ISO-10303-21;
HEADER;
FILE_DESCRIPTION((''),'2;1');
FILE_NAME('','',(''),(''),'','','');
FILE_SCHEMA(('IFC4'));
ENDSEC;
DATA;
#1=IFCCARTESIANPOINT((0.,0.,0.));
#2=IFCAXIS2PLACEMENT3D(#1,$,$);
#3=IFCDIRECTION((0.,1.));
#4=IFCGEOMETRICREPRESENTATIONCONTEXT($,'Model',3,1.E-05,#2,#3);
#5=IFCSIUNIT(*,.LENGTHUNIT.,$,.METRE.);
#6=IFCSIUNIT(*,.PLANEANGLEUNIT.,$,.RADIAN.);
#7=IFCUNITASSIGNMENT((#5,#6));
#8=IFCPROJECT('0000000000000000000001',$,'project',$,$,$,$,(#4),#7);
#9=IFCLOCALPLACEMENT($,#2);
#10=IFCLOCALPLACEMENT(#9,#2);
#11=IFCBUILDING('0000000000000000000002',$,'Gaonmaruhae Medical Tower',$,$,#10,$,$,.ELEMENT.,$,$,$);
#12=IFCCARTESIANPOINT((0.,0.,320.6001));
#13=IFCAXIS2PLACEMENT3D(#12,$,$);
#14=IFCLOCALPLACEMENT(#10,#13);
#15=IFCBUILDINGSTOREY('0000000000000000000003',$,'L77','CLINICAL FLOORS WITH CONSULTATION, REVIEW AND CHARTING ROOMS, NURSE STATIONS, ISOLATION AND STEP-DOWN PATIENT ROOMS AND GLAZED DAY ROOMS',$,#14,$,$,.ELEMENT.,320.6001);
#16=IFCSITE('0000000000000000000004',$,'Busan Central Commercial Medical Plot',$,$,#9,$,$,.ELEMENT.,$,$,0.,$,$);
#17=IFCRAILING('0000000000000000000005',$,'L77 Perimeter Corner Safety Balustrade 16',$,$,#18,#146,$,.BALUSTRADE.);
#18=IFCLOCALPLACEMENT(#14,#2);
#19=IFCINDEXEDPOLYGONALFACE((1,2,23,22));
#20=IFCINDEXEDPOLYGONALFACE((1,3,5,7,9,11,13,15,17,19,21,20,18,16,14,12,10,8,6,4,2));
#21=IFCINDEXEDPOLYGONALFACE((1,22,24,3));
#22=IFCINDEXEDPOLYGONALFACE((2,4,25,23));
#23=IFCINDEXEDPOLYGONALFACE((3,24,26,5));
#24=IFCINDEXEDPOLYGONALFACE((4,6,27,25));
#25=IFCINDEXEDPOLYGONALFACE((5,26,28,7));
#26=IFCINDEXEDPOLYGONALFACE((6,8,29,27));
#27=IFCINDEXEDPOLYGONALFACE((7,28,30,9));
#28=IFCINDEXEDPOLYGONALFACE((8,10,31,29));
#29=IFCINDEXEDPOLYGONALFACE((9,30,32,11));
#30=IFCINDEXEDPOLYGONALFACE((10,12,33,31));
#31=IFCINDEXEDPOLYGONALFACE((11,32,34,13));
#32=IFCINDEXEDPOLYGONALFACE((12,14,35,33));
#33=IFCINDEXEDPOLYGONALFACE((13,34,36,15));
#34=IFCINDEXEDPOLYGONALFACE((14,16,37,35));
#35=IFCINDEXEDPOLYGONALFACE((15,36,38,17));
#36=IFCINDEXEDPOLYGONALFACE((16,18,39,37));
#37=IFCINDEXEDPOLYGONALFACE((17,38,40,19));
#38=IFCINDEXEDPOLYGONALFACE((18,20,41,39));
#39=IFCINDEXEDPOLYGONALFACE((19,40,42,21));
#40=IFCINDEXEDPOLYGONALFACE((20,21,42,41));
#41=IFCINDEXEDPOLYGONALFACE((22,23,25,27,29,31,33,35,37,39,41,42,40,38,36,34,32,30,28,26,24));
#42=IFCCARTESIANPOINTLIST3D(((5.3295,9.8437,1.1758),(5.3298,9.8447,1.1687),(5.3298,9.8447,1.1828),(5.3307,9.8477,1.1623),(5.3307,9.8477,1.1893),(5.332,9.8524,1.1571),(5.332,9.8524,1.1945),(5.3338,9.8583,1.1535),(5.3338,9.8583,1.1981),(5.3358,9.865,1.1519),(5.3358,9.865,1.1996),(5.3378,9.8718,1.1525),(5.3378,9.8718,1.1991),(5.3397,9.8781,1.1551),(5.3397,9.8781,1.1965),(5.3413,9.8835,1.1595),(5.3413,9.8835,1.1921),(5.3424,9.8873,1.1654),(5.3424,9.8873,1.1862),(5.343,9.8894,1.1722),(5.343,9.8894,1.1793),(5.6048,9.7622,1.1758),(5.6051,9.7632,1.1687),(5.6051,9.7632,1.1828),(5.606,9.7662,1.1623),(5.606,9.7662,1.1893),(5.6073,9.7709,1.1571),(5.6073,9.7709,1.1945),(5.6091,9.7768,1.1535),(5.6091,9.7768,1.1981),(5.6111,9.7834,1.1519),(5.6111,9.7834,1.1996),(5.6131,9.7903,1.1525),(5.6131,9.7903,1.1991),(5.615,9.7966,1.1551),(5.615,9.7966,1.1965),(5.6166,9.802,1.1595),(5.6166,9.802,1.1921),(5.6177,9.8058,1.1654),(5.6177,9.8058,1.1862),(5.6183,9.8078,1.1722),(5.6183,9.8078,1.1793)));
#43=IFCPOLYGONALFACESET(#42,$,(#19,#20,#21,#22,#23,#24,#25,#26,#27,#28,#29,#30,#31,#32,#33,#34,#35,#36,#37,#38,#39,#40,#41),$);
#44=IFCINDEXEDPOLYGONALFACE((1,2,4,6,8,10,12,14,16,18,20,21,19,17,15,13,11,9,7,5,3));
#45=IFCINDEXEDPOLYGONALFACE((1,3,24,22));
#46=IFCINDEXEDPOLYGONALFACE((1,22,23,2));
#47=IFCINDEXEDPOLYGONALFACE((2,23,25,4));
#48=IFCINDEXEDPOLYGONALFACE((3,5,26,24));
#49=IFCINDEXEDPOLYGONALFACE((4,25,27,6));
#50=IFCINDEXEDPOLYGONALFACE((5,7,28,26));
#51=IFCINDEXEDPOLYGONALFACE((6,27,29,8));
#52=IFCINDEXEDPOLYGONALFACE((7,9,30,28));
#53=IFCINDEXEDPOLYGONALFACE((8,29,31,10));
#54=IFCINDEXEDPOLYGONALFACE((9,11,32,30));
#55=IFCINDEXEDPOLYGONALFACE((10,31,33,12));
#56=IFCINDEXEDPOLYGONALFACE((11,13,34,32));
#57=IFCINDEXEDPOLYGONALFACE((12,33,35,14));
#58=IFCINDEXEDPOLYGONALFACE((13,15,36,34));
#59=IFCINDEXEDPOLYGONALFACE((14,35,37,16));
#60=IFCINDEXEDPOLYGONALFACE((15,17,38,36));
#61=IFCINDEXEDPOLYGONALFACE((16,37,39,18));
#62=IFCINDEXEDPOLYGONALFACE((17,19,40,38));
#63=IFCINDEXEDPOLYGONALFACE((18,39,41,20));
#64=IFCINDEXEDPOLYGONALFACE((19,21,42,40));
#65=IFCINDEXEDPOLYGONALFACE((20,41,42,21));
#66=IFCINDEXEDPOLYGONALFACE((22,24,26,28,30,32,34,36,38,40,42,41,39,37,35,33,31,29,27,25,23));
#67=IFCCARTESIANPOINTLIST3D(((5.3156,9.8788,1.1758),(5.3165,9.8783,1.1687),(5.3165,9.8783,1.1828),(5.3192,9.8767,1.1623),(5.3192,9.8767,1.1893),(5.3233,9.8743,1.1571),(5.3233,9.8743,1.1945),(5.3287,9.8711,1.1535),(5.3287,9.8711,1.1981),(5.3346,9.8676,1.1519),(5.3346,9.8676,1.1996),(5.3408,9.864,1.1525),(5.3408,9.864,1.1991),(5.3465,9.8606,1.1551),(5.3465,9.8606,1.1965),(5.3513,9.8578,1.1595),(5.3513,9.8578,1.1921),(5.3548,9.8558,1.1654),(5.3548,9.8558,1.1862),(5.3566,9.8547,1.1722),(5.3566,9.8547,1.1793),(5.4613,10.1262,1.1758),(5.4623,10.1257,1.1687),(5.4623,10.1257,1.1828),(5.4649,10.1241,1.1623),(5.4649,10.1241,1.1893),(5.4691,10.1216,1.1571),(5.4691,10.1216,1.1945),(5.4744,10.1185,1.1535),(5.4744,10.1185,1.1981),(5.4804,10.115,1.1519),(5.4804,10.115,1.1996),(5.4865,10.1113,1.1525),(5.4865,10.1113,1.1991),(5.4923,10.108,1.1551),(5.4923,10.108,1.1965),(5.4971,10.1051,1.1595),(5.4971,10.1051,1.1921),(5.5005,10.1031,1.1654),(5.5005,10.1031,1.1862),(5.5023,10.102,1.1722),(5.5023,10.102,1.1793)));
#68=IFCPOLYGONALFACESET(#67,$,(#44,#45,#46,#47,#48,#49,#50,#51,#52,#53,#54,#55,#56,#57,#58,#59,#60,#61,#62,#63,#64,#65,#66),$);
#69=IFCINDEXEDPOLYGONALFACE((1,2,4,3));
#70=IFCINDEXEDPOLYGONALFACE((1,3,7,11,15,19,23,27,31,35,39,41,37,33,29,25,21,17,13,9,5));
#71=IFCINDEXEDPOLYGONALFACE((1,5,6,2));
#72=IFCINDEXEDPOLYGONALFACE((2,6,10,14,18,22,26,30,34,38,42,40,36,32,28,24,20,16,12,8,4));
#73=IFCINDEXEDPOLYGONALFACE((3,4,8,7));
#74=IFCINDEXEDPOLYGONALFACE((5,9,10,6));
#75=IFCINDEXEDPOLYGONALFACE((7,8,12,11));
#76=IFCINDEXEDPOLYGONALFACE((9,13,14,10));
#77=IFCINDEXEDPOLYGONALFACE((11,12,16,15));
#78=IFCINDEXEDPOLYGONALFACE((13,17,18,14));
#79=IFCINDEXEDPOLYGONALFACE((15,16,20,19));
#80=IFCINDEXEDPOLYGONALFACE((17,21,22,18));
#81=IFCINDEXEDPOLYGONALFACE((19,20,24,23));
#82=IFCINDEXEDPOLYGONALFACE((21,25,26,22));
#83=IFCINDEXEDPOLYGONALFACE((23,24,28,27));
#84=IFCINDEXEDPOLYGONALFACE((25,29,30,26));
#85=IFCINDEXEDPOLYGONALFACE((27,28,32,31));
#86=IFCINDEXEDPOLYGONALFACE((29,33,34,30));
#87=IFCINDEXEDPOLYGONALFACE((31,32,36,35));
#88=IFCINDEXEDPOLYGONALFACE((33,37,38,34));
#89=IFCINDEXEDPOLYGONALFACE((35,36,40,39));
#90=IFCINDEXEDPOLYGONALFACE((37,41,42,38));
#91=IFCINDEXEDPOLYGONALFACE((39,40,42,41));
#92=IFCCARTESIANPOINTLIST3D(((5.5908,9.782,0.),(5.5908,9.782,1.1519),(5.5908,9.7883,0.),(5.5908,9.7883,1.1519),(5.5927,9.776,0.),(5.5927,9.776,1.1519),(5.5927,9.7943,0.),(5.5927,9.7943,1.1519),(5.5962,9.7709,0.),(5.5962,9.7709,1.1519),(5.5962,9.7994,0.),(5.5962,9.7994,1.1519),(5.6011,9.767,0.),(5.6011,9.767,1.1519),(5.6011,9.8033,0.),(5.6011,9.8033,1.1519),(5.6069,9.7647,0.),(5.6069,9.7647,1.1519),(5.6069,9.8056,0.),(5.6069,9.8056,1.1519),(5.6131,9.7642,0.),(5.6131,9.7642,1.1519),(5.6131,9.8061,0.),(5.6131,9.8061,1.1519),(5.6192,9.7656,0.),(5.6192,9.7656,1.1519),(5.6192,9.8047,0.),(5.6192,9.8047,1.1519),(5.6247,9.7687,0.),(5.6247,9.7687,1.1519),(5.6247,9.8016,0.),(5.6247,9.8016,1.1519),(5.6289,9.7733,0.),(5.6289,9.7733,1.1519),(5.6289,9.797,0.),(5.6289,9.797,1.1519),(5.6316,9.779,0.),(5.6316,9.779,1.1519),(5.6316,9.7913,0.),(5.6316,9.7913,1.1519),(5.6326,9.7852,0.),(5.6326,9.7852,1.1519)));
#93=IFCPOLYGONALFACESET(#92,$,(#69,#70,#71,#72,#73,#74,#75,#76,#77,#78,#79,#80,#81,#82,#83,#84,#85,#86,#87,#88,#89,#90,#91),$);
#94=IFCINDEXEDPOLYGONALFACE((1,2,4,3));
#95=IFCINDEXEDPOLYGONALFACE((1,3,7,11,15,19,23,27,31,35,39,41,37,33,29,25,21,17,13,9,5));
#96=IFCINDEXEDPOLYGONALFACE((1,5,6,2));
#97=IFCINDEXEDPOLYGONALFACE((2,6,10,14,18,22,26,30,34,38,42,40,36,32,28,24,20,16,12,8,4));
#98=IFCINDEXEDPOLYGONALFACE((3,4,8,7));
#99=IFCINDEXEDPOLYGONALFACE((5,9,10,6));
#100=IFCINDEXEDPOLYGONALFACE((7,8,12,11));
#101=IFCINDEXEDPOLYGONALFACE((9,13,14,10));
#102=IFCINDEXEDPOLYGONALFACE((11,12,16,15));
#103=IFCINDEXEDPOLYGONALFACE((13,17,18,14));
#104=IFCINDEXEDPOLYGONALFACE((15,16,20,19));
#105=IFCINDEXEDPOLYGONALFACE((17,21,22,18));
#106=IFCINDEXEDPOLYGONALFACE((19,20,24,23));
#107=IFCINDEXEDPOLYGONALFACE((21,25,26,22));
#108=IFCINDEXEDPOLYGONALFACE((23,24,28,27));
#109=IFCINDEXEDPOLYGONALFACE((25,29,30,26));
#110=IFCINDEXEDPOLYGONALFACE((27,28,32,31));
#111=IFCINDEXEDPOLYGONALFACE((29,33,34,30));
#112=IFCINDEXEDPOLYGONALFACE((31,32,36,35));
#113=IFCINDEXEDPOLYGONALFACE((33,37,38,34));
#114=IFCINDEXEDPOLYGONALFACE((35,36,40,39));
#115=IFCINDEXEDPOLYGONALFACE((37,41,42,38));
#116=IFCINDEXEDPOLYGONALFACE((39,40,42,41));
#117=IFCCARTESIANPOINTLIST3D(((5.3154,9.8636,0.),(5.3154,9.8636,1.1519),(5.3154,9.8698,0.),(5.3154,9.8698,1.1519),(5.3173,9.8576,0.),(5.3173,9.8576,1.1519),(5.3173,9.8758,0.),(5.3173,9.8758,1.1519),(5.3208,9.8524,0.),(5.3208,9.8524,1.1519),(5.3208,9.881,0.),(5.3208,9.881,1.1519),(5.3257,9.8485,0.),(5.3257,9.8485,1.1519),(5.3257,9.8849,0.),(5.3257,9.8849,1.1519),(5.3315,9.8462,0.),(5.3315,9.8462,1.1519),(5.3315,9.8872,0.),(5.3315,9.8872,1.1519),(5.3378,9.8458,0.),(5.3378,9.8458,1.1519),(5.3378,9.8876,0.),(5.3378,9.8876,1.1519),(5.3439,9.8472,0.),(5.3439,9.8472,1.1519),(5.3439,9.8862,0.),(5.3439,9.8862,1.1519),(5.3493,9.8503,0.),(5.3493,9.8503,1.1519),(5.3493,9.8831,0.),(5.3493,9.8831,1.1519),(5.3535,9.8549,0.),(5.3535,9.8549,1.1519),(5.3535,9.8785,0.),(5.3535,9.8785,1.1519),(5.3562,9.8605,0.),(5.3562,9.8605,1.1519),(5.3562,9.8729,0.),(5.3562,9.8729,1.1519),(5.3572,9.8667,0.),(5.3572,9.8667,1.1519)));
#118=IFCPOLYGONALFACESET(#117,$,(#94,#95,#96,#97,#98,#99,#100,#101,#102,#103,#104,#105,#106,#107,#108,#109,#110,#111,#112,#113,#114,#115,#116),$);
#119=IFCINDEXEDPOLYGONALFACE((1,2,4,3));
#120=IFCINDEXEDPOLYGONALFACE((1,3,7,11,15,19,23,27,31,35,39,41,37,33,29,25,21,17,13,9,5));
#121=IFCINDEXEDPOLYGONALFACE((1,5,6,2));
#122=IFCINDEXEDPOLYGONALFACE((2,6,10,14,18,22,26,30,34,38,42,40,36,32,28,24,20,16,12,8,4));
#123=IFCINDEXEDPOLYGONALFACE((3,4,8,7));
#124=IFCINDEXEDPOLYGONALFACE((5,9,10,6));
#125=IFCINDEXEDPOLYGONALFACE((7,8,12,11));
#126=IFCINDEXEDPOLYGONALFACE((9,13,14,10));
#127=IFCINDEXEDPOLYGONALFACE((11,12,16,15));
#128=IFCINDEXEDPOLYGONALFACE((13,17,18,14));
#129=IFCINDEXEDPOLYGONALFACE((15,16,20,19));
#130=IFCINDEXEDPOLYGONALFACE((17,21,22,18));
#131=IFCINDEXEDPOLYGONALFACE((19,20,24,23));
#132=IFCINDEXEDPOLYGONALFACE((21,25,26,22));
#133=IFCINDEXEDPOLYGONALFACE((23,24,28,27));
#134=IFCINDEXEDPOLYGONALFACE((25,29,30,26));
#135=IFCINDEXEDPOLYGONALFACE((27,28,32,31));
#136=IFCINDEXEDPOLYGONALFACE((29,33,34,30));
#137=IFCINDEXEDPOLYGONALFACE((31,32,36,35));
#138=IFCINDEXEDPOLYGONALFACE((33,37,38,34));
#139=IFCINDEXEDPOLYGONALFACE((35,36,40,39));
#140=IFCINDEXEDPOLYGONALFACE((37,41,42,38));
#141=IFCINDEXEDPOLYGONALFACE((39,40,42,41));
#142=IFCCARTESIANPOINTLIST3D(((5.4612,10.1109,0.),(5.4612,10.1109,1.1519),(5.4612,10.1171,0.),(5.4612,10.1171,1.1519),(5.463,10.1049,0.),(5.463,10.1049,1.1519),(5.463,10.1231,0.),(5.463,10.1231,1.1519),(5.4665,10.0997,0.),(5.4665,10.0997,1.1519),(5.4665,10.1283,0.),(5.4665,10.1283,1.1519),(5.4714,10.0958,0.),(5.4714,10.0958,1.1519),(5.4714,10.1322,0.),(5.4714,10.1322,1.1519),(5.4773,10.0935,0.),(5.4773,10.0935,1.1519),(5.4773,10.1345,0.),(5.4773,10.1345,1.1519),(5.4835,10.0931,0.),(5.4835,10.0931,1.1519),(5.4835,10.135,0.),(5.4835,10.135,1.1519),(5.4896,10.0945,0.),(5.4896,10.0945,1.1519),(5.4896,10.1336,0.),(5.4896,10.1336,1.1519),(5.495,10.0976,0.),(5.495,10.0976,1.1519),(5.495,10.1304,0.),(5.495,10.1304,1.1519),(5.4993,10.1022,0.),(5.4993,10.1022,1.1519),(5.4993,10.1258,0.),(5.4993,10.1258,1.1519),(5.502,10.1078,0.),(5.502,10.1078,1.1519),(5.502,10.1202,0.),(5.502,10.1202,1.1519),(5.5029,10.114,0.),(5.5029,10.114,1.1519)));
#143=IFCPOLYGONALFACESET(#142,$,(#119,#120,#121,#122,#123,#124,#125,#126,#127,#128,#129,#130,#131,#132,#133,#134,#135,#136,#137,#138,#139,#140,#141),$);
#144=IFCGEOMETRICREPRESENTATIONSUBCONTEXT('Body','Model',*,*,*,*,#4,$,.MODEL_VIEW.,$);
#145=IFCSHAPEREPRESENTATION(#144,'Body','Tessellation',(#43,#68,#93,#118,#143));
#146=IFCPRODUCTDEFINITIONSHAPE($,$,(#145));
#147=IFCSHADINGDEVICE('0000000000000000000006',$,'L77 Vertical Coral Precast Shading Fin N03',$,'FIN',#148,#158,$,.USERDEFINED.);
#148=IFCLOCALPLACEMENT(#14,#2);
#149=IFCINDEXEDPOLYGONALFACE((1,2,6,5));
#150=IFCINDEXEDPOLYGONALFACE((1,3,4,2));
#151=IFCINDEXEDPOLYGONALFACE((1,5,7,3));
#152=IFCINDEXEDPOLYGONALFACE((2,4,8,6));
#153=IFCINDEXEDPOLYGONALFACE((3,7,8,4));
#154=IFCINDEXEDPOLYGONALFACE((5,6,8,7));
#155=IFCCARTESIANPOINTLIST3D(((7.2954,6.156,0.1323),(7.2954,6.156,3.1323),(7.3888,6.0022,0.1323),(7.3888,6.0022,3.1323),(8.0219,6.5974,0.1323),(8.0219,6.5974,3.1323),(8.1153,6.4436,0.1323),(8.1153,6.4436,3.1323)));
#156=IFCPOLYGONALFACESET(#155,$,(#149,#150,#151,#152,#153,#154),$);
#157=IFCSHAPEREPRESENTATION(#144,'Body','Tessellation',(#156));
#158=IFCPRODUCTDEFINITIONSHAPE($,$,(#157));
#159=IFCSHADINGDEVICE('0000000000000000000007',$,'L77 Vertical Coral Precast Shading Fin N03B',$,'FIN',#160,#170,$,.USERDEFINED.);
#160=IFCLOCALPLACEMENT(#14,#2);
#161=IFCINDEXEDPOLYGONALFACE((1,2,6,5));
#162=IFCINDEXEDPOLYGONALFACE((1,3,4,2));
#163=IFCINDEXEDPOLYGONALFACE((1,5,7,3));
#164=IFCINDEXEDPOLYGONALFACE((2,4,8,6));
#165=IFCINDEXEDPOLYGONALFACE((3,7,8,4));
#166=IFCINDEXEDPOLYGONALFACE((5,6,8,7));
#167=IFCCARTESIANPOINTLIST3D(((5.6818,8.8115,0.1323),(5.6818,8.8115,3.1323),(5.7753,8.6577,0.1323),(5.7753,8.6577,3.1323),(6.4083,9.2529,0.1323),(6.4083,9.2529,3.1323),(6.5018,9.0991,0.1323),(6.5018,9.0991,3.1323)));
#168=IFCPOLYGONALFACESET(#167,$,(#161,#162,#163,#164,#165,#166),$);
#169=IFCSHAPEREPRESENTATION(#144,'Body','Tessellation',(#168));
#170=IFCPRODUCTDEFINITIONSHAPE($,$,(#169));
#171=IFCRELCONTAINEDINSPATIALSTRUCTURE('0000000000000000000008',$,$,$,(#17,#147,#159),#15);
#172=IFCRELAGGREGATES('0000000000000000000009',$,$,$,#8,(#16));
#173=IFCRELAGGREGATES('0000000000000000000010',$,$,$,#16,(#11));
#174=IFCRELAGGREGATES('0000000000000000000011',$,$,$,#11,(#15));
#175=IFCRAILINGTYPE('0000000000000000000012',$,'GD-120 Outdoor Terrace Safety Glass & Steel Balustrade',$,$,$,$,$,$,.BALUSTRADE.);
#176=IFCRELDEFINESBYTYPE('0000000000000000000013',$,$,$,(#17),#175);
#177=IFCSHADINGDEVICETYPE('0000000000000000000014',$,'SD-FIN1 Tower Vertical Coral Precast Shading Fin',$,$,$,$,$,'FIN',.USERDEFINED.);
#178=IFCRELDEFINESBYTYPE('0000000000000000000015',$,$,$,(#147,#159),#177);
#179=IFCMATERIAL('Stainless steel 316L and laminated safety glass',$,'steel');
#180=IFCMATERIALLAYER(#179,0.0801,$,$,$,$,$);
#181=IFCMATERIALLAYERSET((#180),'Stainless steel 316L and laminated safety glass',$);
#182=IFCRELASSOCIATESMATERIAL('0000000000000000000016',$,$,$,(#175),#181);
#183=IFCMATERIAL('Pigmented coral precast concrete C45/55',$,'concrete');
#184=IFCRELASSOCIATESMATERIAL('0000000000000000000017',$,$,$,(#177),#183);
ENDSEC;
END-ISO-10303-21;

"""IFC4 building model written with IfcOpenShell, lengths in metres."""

from ifc_helpers import new_model, si_unit, direction, frame, origin, origin_2d, place, context, subcontext, project, spatial, rectangle, circle, extrude, material, layer, layer_set, type_object, element, save


model = new_model("IFC4")

# Units and contexts
model_context = context("Model", 3, precision=1e-05, world=origin(), true_north=direction((0.0, 1.0)))
body_context = subcontext(model_context, "Body", "Model", "MODEL_VIEW")
ifc_project = project(units=[si_unit("LENGTHUNIT", "METRE"), si_unit("PLANEANGLEUNIT", "RADIAN")], contexts=[model_context])

# Site, building, storey
site_placement = place(None, origin())
site = spatial("IfcSite", under=ifc_project, at=site_placement, Name="Busan Central Commercial Medical Plot", CompositionType="ELEMENT", RefElevation=0.0)
building_placement = place(site_placement, origin())
building = spatial("IfcBuilding", under=site, at=building_placement, Name="Gaonmaruhae Medical Tower", CompositionType="ELEMENT")
storey_placement = place(building_placement, frame((0.0, 0.0, 320.6001)))
storey = spatial("IfcBuildingStorey", under=building, at=storey_placement, Name="L77", Description="CLINICAL FLOORS WITH CONSULTATION, REVIEW AND CHARTING ROOMS, NURSE STATIONS, ISOLATION AND STEP-DOWN PATIENT ROOMS AND GLAZED DAY ROOMS", CompositionType="ELEMENT", Elevation=320.6001)

# Railing
ifc_material_1 = material(Name="Stainless steel 316L and laminated safety glass", Category="steel")
ifc_layer_1 = layer(ifc_material_1, 0.0801)
ifc_layer_set_1 = layer_set([ifc_layer_1], Name="Stainless steel 316L and laminated safety glass")
railing_type = type_object("IfcRailingType", Name="GD-120 Outdoor Terrace Safety Glass & Steel Balustrade", PredefinedType="BALUSTRADE", material=ifc_layer_set_1)
railing_1_placement = place(storey_placement, frame((5.6116, 9.7852, 0.0)))
element("IfcRailing", 1, at=railing_1_placement, inside=storey, type_object=railing_type, Name="L77 Perimeter Corner Safety Balustrade 16", PredefinedType="BALUSTRADE", context=body_context, shape_type="SweptSolid", body=[
    extrude(circle(Radius=0.0239, at=origin_2d()), frame((0.0, 0.0, 1.1758), z_axis=(-0.95885, 0.283915, 0.0), x_axis=(-0.283915, -0.95885, 0.0)), (0.0, 0.0, 1.0), 0.2871),
    extrude(circle(Radius=0.0239, at=origin_2d()), frame((-0.2754, 0.0815, 1.1758), z_axis=(0.507726, 0.861519, 0.0), x_axis=(-0.861519, 0.507726, 0.0)), (0.0, 0.0, 1.0), 0.2871),
    extrude(circle(Radius=0.021, at=origin_2d()), origin(), (0.0, 0.0, 1.0), 1.1519),
    extrude(circle(Radius=0.021, at=origin_2d()), frame((-0.2754, 0.0815, 0.0)), (0.0, 0.0, 1.0), 1.1519),
    extrude(circle(Radius=0.021, at=origin_2d()), frame((-0.1296, 0.3289, 0.0)), (0.0, 0.0, 1.0), 1.1519),
])

# Shading devices
ifc_material_2 = material(Name="Pigmented coral precast concrete C45/55", Category="concrete")
shading_device_type = type_object("IfcShadingDeviceType", Name="SD-FIN1 Tower Vertical Coral Precast Shading Fin", ElementType="FIN", PredefinedType="USERDEFINED", material=ifc_material_2)
for number, where, z_axis, x_axis, name in (
    (2, (7.7053, 6.2998, 0.1323), (0.0, 0.0, 1.0), (-0.519251, 0.854622, 0.0), "L77 Vertical Coral Precast Shading Fin N03"),
    (3, (6.0918, 8.9553, 0.1323), (0.0, 0.0, 1.0), (-0.519251, 0.854622, 0.0), "L77 Vertical Coral Precast Shading Fin N03B"),
):
    element("IfcShadingDevice", number, at=place(storey_placement, frame(where, z_axis=z_axis, x_axis=x_axis)), inside=storey, type_object=shading_device_type, Name=name, ObjectType="FIN", PredefinedType="USERDEFINED", context=body_context, shape_type="SweptSolid", body=[
        extrude(rectangle(XDim=0.1799, YDim=0.8501, at=origin_2d()), origin(), (0.0, 0.0, 1.0), 3.0),
    ])

save(model, "model.ifc")
